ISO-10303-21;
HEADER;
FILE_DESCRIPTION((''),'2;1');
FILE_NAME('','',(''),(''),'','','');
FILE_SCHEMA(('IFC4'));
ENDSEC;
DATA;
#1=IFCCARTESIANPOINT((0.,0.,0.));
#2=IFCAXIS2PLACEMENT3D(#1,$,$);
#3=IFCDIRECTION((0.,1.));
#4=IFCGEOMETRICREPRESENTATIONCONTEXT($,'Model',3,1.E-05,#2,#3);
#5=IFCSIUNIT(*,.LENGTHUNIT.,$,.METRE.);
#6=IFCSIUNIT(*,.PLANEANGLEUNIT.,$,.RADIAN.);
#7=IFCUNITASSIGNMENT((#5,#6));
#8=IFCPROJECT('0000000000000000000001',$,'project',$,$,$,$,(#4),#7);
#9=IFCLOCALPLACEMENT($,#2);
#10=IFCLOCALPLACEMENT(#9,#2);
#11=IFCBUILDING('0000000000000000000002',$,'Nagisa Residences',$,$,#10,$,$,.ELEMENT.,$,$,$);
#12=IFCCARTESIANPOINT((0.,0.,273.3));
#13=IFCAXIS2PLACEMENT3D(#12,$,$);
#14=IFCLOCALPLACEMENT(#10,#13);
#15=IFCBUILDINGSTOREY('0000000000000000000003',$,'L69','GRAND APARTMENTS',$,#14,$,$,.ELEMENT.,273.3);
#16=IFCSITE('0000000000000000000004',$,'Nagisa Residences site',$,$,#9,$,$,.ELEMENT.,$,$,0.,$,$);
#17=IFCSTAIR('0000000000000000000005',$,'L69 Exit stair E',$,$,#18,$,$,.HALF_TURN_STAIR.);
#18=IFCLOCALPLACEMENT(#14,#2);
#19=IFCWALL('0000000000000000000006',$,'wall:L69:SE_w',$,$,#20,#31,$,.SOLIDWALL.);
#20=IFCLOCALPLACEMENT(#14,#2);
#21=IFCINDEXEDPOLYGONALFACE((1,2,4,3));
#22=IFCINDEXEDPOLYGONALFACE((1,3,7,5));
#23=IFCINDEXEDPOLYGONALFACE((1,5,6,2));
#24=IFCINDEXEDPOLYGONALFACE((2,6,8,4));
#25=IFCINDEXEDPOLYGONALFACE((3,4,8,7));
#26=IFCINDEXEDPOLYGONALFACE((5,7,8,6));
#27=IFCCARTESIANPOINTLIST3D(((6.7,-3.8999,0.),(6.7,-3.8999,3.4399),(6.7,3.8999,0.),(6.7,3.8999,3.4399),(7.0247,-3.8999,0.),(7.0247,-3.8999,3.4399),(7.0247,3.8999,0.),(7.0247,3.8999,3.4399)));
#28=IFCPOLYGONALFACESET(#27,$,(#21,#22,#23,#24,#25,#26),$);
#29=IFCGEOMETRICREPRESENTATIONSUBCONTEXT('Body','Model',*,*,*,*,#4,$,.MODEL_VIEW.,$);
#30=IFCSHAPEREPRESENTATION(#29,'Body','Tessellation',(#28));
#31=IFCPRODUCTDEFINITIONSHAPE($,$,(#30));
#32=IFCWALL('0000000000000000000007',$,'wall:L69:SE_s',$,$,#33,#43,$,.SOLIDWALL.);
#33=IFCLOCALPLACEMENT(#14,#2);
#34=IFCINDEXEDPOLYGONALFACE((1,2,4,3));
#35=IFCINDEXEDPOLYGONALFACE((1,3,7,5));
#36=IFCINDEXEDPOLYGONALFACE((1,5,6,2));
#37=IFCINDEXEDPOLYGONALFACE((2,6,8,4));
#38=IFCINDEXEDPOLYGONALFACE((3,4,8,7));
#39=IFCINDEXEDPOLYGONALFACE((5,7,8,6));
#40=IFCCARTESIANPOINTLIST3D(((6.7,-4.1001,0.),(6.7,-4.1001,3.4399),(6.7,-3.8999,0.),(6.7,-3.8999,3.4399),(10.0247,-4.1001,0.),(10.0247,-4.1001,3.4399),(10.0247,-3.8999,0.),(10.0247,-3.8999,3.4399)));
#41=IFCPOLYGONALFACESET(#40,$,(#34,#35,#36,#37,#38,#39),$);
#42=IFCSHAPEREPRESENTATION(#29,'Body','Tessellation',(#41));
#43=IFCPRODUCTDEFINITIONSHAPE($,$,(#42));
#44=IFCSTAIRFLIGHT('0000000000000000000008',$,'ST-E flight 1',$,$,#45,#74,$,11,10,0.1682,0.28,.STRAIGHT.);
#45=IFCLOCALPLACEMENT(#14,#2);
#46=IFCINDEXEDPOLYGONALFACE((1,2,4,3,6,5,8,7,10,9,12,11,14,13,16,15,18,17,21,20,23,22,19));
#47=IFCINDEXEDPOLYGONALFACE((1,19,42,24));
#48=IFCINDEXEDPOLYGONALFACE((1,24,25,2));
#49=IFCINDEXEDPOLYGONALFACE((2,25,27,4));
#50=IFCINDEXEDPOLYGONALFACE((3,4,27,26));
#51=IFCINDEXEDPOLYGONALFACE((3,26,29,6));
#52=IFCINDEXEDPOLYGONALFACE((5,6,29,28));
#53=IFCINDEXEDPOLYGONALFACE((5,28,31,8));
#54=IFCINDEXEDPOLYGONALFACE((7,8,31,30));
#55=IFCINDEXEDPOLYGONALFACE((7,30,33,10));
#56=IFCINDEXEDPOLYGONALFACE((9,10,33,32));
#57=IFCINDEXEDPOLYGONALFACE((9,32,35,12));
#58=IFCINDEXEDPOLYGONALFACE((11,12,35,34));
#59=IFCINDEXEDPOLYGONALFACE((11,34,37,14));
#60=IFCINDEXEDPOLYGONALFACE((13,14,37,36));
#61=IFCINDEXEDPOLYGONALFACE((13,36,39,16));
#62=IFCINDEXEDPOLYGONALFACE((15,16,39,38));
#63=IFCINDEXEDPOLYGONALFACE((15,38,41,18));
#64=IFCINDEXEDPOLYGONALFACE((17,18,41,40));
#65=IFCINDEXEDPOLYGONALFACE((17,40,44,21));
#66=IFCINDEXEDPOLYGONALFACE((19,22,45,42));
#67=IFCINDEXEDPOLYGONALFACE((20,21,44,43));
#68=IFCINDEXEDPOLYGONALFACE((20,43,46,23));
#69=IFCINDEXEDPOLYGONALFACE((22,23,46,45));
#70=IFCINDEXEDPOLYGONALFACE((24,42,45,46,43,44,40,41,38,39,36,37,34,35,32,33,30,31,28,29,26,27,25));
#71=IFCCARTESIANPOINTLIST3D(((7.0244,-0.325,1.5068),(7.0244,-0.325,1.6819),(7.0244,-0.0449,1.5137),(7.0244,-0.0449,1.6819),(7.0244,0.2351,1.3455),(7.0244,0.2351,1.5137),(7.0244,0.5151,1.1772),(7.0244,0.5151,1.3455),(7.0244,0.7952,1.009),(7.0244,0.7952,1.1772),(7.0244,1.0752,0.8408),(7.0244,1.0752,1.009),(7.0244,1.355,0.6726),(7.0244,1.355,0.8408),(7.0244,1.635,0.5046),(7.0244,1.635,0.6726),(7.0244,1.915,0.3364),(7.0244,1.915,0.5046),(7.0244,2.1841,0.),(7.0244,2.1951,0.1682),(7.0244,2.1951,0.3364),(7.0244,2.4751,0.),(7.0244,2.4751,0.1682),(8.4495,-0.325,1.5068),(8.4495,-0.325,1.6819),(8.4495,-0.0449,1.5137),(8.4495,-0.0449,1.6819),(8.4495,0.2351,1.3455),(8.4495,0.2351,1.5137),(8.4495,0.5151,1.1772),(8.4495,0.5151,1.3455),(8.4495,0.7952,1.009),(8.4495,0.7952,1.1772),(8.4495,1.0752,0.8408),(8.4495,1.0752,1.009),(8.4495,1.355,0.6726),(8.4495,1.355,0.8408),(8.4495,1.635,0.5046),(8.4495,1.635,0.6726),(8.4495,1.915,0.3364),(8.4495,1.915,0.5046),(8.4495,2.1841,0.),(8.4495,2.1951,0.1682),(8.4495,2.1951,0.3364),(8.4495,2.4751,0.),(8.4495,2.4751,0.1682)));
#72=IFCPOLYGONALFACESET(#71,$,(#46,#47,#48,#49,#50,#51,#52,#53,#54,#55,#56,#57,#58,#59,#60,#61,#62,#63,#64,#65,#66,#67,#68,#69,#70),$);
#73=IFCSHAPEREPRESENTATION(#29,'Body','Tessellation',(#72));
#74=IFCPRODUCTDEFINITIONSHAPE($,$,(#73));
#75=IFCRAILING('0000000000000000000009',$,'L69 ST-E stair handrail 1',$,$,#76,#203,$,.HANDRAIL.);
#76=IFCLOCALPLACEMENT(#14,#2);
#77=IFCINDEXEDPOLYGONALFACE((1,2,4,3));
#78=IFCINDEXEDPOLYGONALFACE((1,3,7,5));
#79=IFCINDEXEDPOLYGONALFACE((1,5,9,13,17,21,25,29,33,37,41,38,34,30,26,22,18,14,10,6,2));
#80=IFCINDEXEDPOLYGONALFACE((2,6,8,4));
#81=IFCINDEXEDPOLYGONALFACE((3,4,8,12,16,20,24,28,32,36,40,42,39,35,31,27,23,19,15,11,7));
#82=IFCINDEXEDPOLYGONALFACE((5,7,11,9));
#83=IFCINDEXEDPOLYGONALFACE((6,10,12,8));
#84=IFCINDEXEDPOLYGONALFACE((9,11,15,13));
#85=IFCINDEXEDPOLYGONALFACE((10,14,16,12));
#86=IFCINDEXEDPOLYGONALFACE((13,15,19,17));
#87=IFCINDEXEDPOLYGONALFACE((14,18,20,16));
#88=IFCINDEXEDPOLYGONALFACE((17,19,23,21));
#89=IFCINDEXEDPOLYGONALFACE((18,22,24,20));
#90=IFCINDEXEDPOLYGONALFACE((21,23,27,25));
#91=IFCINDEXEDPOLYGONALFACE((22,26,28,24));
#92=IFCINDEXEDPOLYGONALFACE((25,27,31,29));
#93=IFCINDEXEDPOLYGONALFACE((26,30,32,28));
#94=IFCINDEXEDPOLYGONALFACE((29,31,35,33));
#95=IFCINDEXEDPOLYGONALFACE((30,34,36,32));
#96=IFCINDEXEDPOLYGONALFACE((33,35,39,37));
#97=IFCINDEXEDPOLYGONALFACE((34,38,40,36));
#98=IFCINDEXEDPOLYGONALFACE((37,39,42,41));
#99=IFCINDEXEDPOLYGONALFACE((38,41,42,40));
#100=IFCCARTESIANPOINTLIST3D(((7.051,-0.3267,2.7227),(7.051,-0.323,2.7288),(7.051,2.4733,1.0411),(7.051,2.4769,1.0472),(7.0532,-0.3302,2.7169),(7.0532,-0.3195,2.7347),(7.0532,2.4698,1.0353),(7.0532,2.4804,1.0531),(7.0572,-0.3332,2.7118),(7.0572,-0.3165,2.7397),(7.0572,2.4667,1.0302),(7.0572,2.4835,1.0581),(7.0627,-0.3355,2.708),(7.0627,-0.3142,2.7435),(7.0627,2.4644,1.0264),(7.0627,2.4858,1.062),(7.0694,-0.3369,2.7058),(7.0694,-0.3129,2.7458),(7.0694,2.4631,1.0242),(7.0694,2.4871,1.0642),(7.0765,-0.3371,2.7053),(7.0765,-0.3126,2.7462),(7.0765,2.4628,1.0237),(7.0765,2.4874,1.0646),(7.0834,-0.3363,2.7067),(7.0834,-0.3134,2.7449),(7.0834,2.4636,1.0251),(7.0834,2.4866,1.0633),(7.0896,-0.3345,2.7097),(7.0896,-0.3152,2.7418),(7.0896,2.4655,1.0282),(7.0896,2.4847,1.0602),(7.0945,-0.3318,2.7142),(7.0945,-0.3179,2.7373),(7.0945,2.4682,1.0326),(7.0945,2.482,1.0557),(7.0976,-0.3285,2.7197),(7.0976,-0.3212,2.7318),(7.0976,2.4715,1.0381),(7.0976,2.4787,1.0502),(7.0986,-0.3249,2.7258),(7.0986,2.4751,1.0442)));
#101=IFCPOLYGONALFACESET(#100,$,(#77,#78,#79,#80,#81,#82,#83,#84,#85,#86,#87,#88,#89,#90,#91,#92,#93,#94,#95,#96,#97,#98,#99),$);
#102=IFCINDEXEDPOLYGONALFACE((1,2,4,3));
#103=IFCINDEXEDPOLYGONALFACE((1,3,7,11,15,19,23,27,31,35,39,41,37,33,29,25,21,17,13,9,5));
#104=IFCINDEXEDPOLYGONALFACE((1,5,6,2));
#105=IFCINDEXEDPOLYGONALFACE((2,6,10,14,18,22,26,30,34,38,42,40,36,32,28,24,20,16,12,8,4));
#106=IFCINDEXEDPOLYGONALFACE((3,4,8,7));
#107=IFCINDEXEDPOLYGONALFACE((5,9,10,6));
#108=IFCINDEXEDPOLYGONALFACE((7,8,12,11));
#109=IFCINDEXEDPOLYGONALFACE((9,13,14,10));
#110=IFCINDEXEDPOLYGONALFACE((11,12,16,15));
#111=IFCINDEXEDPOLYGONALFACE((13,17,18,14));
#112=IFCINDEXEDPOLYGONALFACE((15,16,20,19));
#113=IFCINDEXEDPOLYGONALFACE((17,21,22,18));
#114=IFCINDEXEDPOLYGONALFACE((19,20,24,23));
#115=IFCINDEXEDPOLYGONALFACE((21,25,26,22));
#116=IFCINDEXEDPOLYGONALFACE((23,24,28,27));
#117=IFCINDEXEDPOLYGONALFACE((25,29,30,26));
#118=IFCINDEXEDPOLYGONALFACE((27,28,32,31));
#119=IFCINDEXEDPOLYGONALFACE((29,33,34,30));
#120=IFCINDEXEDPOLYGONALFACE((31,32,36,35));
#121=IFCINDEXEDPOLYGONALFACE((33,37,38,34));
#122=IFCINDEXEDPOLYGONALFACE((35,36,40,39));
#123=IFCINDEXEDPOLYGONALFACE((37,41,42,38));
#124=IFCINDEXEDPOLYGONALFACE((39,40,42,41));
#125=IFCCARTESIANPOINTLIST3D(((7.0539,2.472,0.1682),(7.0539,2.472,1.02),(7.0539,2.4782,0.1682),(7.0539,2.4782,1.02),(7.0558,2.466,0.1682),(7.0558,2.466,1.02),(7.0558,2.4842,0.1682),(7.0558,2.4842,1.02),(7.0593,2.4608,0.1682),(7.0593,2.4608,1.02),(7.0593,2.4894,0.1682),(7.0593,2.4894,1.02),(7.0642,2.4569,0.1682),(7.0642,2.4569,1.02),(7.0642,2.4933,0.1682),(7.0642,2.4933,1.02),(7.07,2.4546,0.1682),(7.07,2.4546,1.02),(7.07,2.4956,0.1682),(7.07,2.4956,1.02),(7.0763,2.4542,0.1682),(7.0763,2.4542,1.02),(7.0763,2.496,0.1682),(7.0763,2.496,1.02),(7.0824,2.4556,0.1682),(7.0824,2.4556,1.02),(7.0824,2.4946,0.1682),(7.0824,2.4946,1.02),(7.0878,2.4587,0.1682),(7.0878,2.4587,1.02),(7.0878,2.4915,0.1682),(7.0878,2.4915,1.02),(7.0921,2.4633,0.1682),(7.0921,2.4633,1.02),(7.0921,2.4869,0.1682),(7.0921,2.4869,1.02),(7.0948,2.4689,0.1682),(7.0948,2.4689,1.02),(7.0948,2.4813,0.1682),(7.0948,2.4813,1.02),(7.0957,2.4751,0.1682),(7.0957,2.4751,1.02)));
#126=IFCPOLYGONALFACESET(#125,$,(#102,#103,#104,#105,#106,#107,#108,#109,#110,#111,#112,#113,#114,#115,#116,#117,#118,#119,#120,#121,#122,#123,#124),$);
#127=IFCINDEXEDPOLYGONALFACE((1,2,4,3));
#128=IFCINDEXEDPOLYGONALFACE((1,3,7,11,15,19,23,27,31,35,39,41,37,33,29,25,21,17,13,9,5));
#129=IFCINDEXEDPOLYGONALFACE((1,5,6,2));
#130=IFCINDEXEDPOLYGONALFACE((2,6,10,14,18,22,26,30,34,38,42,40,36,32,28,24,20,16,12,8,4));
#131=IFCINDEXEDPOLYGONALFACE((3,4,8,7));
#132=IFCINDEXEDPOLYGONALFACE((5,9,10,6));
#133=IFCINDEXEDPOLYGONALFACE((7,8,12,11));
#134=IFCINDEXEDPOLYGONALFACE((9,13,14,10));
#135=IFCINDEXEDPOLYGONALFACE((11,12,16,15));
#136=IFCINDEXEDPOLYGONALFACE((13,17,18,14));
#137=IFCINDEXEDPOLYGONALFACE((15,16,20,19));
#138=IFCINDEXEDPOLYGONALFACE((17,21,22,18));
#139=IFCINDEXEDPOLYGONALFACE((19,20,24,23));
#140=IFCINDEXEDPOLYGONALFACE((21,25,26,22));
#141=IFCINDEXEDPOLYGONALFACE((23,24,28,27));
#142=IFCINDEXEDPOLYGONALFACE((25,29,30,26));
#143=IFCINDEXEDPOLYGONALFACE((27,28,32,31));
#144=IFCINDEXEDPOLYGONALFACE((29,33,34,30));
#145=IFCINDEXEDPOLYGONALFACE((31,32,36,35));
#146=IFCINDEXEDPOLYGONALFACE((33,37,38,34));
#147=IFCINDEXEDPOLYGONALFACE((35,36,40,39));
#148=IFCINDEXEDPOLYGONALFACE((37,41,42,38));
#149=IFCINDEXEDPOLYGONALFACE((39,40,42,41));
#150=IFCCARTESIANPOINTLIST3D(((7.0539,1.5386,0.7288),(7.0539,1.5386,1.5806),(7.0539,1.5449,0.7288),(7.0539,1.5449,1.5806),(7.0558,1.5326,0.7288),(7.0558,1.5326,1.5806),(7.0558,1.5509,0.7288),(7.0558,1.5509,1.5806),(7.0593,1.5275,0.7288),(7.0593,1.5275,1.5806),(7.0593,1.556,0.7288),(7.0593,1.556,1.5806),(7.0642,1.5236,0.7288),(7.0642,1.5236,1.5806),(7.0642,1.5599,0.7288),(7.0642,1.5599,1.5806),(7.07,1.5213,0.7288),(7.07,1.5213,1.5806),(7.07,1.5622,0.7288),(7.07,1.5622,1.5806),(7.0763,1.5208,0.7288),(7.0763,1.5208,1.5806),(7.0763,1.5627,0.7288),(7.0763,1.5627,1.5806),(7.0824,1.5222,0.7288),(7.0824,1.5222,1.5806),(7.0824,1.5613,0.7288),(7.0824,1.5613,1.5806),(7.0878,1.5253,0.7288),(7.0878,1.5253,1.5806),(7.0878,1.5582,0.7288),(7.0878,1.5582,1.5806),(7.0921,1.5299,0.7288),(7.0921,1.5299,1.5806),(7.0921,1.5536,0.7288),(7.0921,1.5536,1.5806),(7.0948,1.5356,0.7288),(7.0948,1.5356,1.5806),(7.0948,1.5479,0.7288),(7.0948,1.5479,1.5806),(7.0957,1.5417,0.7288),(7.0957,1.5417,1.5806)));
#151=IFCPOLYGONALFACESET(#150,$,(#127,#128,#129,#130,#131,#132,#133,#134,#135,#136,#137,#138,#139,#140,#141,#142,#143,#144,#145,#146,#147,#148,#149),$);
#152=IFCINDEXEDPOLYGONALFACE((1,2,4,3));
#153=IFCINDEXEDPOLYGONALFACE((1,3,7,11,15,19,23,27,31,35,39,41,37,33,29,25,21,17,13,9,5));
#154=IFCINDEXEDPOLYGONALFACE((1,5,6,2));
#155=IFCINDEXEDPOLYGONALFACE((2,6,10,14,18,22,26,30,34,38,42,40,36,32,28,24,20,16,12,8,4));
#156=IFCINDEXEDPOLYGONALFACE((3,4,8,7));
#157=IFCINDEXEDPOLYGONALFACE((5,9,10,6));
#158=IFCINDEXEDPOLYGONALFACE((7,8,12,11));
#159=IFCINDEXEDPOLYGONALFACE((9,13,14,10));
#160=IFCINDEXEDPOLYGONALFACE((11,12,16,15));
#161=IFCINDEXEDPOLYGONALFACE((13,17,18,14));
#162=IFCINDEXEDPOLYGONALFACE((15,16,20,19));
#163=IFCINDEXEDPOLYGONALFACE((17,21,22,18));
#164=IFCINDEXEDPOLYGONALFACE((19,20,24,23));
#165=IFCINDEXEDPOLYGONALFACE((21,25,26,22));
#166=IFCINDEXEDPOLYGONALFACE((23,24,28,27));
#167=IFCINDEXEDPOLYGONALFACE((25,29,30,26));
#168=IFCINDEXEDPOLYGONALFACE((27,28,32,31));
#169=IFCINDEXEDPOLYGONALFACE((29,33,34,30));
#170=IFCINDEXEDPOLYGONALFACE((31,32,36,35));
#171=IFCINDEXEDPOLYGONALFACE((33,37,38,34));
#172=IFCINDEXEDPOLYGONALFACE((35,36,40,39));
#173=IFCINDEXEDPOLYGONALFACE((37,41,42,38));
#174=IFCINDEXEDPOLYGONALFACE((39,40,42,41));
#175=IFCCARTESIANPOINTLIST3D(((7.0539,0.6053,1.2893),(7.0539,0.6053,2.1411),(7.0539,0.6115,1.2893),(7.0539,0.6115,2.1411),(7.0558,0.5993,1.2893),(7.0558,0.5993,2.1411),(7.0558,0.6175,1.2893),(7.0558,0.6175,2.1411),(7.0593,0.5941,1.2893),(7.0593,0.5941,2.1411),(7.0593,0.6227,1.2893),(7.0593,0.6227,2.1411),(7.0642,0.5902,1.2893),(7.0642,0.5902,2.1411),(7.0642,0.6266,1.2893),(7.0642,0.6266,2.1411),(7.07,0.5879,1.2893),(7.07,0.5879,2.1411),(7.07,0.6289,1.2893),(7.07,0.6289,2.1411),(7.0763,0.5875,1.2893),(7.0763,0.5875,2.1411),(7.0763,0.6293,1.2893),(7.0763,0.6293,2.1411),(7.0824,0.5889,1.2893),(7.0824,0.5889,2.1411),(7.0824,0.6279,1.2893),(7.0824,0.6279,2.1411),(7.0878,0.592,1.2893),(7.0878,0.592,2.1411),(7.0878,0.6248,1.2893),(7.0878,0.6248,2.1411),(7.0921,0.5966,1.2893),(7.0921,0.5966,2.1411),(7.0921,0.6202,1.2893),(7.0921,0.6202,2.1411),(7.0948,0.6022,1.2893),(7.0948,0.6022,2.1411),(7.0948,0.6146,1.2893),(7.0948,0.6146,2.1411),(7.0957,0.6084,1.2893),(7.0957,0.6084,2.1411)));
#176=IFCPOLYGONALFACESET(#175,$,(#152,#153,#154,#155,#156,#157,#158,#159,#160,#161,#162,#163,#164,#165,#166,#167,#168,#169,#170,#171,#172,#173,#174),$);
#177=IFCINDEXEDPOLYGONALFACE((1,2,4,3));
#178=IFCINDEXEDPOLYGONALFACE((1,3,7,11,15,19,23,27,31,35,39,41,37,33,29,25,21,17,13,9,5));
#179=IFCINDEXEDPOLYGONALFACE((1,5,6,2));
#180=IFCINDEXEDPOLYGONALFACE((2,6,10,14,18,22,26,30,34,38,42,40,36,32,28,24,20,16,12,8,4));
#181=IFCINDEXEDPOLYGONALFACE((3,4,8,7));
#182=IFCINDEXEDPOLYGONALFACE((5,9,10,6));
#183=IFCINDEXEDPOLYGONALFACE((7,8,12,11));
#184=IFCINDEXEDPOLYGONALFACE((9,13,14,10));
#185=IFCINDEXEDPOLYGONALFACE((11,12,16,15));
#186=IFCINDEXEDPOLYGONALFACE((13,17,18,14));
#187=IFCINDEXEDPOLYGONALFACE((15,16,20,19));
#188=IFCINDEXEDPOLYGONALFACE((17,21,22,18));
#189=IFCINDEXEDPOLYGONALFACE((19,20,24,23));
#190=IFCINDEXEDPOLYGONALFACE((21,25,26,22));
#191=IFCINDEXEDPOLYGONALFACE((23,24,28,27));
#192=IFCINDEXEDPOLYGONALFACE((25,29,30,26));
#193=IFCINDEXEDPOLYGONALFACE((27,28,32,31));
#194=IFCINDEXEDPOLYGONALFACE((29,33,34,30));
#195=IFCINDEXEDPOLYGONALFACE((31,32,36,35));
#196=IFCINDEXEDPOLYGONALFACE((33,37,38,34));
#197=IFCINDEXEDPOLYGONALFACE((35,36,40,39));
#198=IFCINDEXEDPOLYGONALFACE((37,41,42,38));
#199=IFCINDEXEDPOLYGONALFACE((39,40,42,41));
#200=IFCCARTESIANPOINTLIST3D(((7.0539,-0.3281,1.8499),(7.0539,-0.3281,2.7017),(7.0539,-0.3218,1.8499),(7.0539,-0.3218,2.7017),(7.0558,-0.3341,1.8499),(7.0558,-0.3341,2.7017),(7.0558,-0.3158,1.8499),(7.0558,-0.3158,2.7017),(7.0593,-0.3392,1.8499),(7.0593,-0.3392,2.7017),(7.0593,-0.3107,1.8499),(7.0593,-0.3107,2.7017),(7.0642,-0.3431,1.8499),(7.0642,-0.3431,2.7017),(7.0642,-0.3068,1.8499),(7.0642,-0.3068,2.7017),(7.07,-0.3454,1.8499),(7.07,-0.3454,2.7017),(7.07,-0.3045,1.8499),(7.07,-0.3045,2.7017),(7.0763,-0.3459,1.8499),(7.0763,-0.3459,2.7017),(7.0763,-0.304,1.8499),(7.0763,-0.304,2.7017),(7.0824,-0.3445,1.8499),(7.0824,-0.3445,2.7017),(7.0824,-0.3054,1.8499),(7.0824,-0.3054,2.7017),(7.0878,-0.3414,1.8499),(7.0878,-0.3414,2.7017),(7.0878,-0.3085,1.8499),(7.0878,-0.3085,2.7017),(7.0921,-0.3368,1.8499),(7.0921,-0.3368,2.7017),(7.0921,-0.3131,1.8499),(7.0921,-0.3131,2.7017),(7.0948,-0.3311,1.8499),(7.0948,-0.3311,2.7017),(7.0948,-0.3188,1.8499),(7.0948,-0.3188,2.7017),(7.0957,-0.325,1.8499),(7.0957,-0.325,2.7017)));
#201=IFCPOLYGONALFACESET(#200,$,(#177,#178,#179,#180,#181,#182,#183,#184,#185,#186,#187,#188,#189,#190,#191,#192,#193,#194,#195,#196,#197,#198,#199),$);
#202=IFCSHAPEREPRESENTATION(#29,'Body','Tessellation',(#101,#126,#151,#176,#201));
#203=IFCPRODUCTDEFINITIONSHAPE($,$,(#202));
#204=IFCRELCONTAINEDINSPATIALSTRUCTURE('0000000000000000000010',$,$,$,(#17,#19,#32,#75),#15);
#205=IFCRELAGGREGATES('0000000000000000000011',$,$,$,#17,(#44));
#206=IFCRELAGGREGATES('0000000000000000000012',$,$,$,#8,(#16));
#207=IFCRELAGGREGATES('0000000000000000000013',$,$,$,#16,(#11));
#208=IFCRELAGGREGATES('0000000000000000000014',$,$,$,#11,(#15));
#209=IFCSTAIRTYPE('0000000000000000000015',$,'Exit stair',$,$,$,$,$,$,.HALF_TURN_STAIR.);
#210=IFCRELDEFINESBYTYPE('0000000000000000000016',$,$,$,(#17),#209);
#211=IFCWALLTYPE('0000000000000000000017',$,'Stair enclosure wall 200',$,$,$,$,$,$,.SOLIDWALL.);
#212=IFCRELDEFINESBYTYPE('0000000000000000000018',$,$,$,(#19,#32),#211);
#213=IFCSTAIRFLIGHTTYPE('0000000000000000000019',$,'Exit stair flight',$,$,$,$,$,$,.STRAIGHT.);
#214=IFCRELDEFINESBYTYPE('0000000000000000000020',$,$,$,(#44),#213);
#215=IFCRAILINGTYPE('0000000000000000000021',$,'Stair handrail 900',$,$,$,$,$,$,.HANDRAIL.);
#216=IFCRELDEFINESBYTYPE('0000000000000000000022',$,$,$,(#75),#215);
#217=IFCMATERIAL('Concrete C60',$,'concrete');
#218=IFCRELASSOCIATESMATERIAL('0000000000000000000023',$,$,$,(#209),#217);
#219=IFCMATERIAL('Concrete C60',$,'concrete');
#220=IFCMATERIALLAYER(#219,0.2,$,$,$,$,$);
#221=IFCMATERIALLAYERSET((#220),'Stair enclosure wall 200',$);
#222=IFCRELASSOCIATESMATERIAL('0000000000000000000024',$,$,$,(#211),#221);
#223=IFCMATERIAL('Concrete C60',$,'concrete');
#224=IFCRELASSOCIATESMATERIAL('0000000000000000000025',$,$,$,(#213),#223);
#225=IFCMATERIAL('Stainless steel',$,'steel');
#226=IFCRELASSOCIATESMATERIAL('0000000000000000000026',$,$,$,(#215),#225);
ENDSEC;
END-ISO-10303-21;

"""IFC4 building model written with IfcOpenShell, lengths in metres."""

from ifc_helpers import new_model, si_unit, direction, frame, origin, origin_2d, place, context, subcontext, project, spatial, polyline, circle, outline, extrude, material, layer, layer_set, type_object, element, aggregate, save


model = new_model("IFC4")

# Units and contexts
model_context = context("Model", 3, precision=1e-05, world=origin(), true_north=direction((0.0, 1.0)))
body_context = subcontext(model_context, "Body", "Model", "MODEL_VIEW")
ifc_project = project(units=[si_unit("LENGTHUNIT", "METRE"), si_unit("PLANEANGLEUNIT", "RADIAN")], contexts=[model_context])

# Site, building, storey
site_placement = place(None, origin())
site = spatial("IfcSite", under=ifc_project, at=site_placement, Name="Nagisa Residences site", CompositionType="ELEMENT", RefElevation=0.0)
building_placement = place(site_placement, origin())
building = spatial("IfcBuilding", under=site, at=building_placement, Name="Nagisa Residences", CompositionType="ELEMENT")
storey_placement = place(building_placement, frame((0.0, 0.0, 273.3)))
storey = spatial("IfcBuildingStorey", under=building, at=storey_placement, Name="L69", Description="GRAND APARTMENTS", CompositionType="ELEMENT", Elevation=273.3)

# Stair
ifc_material_1 = material(Name="Concrete C60", Category="concrete")
stair_type = type_object("IfcStairType", Name="Exit stair", PredefinedType="HALF_TURN_STAIR", material=ifc_material_1)
stair_1_placement = place(storey_placement, origin())
stair_1 = element("IfcStair", 1, at=stair_1_placement, inside=storey, type_object=stair_type, Name="L69 Exit stair E", PredefinedType="HALF_TURN_STAIR")

# Shared definitions
ifc_material_2 = material(Name="Concrete C60", Category="concrete")
ifc_layer_1 = layer(ifc_material_2, 0.2)
ifc_layer_set_1 = layer_set([ifc_layer_1], Name="Stair enclosure wall 200")
wall_type_1 = type_object("IfcWallType", Name="Stair enclosure wall 200", PredefinedType="SOLIDWALL", material=ifc_layer_set_1)

# Walls
wall_1_placement = place(storey_placement, origin())
element("IfcWall", 2, at=wall_1_placement, inside=storey, type_object=wall_type_1, Name="wall:L69:SE_w", PredefinedType="SOLIDWALL", context=body_context, shape_type="SweptSolid", body=[
    extrude(outline(polyline([(7.0247, -3.8999), (6.7, -3.8999), (6.7, 3.8999), (7.0247, 3.8999), (7.0247, -3.8999)])), origin(), (0.0, 0.0, 1.0), 3.4399),
])
wall_2_placement = place(storey_placement, origin())
element("IfcWall", 3, at=wall_2_placement, inside=storey, type_object=wall_type_1, Name="wall:L69:SE_s", PredefinedType="SOLIDWALL", context=body_context, shape_type="SweptSolid", body=[
    extrude(outline(polyline([(10.0247, -4.1001), (6.7, -4.1001), (6.7, -3.8999), (10.0247, -3.8999), (10.0247, -4.1001)])), origin(), (0.0, 0.0, 1.0), 3.4399),
])

# Stair flight
ifc_material_3 = material(Name="Concrete C60", Category="concrete")
stair_flight_type = type_object("IfcStairFlightType", Name="Exit stair flight", PredefinedType="STRAIGHT", material=ifc_material_3)
stair_flight_placement = place(storey_placement, frame((7.7371, 2.4751, 0.0), z_axis=(0.0, 0.0, 1.0), x_axis=(0.0, -1.0, 0.0)))
stair_flight = element("IfcStairFlight", 4, at=stair_flight_placement, type_object=stair_flight_type, Name="ST-E flight 1", NumberOfRisers=11, NumberOfTreads=10, PredefinedType="STRAIGHT", RiserHeight=0.1682, TreadLength=0.28, context=body_context, shape_type="SweptSolid", body=[
    extrude(outline(polyline([(0.0, 0.0), (0.0, 0.1682), (0.28, 0.1682), (0.28, 0.3364), (0.5601, 0.3364), (0.5601, 0.5046), (0.8401, 0.5046), (0.8401, 0.6726), (1.1201, 0.6726), (1.1201, 0.8408), (1.3999, 0.8408), (1.3999, 1.009), (1.6799, 1.009), (1.6799, 1.1772), (1.96, 1.1772), (1.96, 1.3455), (2.24, 1.3455), (2.24, 1.5137), (2.52, 1.5137), (2.52, 1.6819), (2.8, 1.6819), (2.8, 1.8501), (2.8, 1.5068), (0.291, 0.0), (0.0, 0.0)])), frame((0.0, 0.7124, 0.0), z_axis=(0.0, -1.0, 0.0), x_axis=(1.0, 0.0, 0.0)), (0.0, 0.0, 1.0), 1.425),
])
aggregate(stair_1, [stair_flight])

# Railing
ifc_material_4 = material(Name="Stainless steel", Category="steel")
railing_type_1 = type_object("IfcRailingType", Name="Stair handrail 900", PredefinedType="HANDRAIL", material=ifc_material_4)
railing_1_placement = place(storey_placement, frame((7.0747, 2.4751, 0.1682)))
element("IfcRailing", 5, at=railing_1_placement, inside=storey, type_object=railing_type_1, Name="L69 ST-E stair handrail 1", PredefinedType="HANDRAIL", context=body_context, shape_type="SweptSolid", body=[
    extrude(circle(Radius=0.0239, at=origin_2d()), frame((0.0, 0.0, 0.876), z_axis=(0.0, -0.857275, 0.514858), x_axis=(1.0, 0.0, 0.0)), (0.0, 0.0, 1.0), 3.2661),
    extrude(circle(Radius=0.021, at=origin_2d()), origin(), (0.0, 0.0, 1.0), 0.8518),
    extrude(circle(Radius=0.021, at=origin_2d()), frame((0.0, -0.9333, 0.5605)), (0.0, 0.0, 1.0), 0.8518),
    extrude(circle(Radius=0.021, at=origin_2d()), frame((0.0, -1.8667, 1.1211)), (0.0, 0.0, 1.0), 0.8518),
    extrude(circle(Radius=0.021, at=origin_2d()), frame((0.0, -2.8, 1.6816)), (0.0, 0.0, 1.0), 0.8518),
])

save(model, "model.ifc")
